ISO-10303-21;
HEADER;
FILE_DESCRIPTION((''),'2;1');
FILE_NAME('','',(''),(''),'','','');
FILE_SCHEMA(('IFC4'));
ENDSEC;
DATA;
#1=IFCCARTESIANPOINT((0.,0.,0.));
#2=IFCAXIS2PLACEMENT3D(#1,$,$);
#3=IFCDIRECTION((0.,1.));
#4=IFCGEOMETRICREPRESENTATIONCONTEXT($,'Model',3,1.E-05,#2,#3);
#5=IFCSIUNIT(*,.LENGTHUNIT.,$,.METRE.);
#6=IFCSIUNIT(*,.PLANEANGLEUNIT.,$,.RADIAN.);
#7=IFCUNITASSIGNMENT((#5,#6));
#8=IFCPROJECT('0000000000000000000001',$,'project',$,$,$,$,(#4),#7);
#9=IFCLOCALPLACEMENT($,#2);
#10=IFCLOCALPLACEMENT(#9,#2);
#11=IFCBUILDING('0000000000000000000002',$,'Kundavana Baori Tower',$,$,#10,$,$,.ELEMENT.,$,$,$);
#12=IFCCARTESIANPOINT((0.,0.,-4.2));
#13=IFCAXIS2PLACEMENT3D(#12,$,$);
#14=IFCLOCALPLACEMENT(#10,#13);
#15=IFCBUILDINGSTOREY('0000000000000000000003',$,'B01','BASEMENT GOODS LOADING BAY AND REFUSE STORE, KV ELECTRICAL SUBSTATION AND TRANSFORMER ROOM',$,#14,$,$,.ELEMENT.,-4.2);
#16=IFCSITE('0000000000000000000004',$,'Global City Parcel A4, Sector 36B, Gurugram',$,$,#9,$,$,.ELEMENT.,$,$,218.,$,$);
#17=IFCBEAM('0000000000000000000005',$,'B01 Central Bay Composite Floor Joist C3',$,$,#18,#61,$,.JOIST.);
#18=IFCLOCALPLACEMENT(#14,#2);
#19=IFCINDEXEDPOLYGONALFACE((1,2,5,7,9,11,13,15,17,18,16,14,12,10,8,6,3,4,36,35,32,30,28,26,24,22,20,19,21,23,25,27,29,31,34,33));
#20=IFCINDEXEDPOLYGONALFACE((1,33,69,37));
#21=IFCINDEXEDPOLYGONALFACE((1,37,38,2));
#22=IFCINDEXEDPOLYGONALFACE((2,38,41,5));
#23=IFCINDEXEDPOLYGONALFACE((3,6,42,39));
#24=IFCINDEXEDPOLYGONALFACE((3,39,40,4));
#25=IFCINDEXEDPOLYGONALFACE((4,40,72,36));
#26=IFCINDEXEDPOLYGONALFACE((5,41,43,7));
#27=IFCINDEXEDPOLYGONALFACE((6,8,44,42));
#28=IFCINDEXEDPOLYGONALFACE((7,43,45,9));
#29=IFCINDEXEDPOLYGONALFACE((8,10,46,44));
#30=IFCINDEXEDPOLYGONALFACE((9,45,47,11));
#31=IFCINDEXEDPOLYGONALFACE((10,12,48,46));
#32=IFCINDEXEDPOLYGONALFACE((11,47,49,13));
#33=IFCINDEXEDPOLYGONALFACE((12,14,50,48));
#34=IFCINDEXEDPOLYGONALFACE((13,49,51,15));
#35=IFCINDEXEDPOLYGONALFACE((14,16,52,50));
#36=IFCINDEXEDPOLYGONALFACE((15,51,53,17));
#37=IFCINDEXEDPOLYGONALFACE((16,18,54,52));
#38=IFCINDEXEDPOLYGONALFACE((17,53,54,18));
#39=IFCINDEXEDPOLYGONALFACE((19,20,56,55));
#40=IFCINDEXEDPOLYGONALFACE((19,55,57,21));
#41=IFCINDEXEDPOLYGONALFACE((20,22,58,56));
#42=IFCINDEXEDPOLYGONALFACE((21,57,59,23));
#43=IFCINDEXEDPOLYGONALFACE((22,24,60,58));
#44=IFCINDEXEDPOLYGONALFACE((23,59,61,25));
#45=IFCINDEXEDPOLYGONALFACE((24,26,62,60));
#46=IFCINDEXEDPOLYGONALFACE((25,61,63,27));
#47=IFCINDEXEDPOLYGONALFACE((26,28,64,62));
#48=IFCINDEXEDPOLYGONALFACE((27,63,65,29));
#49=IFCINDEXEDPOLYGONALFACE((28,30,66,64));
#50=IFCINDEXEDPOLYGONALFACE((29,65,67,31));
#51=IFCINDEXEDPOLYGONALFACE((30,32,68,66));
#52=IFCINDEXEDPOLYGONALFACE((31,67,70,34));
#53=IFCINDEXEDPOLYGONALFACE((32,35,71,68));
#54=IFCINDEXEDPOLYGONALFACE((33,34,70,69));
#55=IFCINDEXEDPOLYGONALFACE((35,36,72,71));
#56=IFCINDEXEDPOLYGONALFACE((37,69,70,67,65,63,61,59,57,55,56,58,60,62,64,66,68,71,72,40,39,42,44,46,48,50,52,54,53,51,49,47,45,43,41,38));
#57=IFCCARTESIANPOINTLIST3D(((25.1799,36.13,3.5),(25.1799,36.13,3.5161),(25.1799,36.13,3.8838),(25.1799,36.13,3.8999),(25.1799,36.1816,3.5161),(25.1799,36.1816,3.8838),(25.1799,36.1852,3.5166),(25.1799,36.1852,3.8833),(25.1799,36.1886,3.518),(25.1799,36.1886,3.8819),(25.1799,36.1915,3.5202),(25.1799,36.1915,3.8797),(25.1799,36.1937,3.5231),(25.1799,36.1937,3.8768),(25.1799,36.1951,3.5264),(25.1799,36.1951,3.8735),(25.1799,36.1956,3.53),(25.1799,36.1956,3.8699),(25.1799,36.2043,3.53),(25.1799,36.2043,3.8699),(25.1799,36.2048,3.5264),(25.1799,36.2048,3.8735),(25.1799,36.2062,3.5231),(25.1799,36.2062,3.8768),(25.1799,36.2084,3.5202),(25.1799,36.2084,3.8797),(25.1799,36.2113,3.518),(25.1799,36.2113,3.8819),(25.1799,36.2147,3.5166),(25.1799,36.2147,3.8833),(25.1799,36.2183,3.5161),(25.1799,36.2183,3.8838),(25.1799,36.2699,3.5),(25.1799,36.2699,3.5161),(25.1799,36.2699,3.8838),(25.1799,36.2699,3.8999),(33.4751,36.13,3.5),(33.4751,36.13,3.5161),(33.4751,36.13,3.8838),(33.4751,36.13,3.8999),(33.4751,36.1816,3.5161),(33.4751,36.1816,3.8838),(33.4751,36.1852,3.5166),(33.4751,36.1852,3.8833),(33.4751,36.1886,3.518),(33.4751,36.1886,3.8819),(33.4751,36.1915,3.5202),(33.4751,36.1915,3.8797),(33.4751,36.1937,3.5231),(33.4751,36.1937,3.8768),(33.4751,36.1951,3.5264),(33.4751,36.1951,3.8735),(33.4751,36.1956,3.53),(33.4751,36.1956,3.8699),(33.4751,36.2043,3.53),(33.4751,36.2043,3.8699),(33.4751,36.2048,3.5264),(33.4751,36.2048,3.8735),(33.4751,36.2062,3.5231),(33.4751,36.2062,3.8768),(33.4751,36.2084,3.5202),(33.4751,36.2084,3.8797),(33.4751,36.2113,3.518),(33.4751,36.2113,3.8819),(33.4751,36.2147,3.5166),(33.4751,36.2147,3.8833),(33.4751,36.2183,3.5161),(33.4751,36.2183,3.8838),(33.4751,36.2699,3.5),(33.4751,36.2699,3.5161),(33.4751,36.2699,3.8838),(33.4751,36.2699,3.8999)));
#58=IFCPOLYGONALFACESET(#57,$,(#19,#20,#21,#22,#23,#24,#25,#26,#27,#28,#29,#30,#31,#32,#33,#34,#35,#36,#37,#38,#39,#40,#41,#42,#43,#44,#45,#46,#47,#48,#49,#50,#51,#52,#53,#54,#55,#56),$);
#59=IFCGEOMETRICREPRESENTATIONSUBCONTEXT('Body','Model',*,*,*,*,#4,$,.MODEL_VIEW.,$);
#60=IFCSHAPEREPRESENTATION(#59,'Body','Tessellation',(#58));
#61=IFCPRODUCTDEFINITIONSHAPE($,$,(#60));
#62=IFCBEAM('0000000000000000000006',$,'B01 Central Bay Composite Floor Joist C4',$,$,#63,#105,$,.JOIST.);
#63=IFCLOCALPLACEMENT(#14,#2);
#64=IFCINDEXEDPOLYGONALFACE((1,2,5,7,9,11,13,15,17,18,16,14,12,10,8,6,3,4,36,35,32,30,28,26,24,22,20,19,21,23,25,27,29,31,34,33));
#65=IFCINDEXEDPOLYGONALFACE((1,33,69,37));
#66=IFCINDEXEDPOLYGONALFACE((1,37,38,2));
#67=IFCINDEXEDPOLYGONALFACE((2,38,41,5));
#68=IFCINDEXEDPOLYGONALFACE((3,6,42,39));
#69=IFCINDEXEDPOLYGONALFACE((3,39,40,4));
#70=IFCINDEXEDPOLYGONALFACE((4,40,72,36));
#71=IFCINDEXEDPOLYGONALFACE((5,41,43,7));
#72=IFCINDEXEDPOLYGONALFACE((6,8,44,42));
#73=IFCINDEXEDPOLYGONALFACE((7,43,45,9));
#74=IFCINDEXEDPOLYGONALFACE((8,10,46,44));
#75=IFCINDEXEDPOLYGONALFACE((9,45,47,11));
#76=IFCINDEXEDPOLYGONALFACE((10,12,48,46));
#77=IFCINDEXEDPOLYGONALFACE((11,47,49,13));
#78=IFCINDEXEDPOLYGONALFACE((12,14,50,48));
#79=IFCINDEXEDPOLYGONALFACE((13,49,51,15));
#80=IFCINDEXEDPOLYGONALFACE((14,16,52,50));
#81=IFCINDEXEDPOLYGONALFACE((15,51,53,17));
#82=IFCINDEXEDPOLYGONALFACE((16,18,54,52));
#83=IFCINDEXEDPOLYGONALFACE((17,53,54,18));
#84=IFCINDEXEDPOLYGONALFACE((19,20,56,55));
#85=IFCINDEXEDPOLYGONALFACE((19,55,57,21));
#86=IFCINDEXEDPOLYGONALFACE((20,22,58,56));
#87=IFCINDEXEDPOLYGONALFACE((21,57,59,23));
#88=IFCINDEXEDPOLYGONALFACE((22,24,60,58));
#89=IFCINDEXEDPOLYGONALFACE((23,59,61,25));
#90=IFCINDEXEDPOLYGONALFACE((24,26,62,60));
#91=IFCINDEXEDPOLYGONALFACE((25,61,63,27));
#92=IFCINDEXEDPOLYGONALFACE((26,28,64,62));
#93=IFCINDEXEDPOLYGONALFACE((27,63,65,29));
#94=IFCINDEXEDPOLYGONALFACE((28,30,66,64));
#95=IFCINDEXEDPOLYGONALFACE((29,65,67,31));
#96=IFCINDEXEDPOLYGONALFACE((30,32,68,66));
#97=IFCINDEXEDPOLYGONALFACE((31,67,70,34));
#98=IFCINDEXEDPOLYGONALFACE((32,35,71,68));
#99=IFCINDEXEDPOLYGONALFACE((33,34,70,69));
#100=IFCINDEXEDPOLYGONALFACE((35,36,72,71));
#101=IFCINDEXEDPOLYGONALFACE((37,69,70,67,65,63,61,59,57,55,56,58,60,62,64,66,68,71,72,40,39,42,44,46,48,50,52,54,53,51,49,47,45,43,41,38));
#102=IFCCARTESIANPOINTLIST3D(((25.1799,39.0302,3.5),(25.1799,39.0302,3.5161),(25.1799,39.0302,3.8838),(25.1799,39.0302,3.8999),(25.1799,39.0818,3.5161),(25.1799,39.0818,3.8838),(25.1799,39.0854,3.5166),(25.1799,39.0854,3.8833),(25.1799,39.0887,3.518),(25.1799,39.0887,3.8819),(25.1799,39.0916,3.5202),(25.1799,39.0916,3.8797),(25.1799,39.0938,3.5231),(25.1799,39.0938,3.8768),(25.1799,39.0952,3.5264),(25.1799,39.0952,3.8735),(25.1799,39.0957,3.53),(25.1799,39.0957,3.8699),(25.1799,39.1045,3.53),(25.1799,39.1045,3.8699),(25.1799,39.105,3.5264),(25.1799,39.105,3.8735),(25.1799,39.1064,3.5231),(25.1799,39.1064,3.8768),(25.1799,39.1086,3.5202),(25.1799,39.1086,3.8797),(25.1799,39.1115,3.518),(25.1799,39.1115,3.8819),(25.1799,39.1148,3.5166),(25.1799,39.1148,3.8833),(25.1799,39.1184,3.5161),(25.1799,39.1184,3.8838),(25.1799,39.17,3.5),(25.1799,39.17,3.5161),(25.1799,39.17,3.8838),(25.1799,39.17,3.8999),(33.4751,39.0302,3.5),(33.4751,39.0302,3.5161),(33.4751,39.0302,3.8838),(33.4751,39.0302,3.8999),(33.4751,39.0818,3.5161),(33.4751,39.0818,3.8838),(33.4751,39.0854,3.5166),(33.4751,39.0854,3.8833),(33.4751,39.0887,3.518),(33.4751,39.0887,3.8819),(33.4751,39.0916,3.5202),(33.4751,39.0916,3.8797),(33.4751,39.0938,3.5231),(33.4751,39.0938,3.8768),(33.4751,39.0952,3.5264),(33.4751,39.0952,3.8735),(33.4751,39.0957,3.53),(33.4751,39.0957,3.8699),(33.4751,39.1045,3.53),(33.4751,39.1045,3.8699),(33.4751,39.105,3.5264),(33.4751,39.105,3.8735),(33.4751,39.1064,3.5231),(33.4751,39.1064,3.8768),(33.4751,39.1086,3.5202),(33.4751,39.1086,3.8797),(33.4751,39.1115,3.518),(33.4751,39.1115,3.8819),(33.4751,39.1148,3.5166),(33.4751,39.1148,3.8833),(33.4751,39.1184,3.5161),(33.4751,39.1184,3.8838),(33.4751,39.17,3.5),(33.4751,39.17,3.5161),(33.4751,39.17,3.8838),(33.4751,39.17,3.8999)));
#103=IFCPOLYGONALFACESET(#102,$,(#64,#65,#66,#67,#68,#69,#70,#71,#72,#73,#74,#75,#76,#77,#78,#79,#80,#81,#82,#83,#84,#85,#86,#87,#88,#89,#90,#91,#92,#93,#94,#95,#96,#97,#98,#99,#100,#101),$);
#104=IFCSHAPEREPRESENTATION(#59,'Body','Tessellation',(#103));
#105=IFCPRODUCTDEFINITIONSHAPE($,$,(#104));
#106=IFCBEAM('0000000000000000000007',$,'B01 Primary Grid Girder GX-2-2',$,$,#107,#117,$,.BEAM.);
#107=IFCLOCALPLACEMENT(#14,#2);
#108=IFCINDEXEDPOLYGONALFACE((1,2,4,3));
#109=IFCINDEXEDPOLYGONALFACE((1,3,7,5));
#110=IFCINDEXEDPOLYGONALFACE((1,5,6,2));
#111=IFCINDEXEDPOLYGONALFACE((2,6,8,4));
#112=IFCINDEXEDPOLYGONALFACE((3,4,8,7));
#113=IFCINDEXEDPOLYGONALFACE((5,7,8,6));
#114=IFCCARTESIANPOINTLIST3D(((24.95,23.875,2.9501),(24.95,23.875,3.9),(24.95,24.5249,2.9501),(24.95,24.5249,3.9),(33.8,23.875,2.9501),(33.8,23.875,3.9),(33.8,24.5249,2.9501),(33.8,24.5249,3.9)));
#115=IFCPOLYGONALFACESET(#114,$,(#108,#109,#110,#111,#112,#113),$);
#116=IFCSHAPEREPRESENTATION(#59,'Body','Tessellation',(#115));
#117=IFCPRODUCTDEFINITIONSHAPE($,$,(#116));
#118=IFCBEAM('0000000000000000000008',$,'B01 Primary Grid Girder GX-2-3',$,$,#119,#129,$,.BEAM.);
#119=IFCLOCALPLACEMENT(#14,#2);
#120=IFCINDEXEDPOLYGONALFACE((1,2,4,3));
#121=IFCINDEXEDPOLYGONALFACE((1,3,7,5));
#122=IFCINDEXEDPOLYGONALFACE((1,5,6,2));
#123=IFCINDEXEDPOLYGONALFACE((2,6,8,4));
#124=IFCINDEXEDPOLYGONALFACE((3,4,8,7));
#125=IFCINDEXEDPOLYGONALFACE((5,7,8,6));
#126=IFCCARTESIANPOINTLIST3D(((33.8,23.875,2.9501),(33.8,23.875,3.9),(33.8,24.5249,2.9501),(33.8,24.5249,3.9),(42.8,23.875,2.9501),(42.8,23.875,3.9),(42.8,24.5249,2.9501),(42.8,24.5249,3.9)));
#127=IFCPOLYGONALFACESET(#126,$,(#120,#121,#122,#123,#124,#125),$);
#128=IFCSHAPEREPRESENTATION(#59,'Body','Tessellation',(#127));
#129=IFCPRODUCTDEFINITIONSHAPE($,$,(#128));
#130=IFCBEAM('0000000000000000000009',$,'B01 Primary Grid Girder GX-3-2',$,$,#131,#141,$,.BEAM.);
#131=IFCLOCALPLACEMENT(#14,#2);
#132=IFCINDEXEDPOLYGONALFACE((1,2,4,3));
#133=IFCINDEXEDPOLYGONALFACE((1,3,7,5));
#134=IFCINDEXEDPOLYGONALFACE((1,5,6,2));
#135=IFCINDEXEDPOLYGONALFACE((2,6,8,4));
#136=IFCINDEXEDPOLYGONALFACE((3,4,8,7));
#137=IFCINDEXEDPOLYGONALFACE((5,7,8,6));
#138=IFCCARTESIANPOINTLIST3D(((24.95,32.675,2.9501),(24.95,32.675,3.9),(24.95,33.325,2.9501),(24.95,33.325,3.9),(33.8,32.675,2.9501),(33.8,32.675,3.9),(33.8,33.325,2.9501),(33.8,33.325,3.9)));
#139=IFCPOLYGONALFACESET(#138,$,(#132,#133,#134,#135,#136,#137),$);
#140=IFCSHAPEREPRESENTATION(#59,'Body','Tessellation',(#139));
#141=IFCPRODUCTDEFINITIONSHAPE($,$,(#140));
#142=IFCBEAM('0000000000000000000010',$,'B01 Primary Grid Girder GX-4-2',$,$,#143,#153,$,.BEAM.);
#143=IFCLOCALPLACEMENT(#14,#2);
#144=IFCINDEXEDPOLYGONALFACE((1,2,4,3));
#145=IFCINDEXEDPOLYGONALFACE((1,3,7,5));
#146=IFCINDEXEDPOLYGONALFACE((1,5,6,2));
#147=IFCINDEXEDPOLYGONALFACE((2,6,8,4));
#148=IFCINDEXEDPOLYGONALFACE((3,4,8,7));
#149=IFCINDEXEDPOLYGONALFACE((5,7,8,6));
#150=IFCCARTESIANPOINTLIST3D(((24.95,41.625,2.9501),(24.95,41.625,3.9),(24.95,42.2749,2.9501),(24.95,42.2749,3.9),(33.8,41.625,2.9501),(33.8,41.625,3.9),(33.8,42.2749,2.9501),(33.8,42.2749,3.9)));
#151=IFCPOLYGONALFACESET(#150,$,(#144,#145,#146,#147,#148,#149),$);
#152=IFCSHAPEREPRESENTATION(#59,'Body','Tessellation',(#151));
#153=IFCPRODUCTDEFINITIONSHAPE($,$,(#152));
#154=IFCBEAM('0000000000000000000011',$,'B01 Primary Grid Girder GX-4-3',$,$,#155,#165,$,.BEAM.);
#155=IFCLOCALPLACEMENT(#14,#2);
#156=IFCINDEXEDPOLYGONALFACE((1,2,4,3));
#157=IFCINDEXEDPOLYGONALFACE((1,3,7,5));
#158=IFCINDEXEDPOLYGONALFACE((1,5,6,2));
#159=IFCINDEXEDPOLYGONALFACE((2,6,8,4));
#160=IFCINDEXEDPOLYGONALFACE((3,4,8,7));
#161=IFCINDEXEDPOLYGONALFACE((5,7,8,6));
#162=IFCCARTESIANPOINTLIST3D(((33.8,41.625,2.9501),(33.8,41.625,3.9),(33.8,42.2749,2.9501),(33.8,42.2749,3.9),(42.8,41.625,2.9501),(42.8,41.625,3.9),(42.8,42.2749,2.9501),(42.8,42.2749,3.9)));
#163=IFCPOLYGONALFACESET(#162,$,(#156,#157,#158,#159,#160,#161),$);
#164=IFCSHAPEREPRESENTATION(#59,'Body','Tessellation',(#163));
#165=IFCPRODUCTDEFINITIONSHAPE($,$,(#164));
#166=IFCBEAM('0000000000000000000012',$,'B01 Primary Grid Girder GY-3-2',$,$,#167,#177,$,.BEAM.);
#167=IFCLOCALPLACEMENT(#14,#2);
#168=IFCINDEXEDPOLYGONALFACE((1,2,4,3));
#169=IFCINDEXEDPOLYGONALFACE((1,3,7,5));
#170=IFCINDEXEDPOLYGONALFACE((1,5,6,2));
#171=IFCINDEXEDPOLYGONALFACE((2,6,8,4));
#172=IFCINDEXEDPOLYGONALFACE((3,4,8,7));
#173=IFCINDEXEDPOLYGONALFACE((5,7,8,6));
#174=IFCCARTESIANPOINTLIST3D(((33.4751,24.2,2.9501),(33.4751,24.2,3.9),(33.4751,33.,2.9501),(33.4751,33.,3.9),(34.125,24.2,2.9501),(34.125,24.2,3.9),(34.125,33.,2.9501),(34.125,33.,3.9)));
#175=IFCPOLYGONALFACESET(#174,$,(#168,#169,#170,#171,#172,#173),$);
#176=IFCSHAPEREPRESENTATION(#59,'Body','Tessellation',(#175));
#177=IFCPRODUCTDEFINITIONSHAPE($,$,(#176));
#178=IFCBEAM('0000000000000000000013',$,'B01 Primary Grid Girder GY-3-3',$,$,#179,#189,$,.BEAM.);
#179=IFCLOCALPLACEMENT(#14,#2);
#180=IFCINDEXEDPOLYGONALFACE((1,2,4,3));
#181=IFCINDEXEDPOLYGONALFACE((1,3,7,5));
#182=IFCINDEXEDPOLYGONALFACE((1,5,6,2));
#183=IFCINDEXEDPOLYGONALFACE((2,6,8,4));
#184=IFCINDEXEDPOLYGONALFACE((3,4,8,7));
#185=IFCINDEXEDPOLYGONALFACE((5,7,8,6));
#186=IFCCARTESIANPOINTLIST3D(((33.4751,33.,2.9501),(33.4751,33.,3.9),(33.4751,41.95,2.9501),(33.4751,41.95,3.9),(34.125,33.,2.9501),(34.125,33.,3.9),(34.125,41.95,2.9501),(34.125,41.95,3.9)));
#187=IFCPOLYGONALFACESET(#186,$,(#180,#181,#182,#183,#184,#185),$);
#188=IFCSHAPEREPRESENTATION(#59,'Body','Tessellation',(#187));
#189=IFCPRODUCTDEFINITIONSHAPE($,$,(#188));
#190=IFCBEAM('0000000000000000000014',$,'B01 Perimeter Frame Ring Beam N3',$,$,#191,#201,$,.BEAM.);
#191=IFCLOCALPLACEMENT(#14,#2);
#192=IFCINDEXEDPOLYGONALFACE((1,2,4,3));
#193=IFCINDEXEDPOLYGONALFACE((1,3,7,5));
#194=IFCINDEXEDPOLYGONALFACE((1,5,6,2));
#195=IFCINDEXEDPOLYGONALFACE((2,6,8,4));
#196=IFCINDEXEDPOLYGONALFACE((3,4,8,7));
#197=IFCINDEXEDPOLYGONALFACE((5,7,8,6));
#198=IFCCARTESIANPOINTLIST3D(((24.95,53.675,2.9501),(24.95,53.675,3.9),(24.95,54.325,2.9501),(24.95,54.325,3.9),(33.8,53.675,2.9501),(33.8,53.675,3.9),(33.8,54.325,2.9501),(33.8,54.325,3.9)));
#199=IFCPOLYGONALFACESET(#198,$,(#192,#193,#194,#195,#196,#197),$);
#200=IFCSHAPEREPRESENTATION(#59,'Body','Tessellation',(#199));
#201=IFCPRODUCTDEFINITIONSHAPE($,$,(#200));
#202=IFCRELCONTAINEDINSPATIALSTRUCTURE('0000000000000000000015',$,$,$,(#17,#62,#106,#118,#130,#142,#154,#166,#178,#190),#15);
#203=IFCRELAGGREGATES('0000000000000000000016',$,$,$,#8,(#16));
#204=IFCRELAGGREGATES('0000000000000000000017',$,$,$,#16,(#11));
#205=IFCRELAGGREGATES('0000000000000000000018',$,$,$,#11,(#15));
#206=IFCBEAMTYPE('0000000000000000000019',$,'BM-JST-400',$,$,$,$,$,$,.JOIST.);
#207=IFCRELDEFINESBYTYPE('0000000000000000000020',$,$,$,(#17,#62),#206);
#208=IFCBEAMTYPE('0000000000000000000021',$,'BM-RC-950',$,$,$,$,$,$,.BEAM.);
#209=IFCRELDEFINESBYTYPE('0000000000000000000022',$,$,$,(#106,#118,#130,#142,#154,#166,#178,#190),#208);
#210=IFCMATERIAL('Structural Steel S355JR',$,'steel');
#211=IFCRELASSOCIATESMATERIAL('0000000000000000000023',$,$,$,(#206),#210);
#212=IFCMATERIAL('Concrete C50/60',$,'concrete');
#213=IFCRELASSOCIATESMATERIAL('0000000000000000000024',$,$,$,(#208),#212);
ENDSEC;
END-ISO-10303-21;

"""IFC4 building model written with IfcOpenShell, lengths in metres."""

from ifc_helpers import new_model, si_unit, direction, frame, origin, origin_2d, place, context, subcontext, project, spatial, rectangle, i_section, extrude, material, material_profile, profile_set, type_object, element, save


model = new_model("IFC4")

# Units and contexts
model_context = context("Model", 3, precision=1e-05, world=origin(), true_north=direction((0.0, 1.0)))
body_context = subcontext(model_context, "Body", "Model", "MODEL_VIEW")
ifc_project = project(units=[si_unit("LENGTHUNIT", "METRE"), si_unit("PLANEANGLEUNIT", "RADIAN")], contexts=[model_context])

# Site, building, storey
site_placement = place(None, origin())
site = spatial("IfcSite", under=ifc_project, at=site_placement, Name="Global City Parcel A4, Sector 36B, Gurugram", CompositionType="ELEMENT", RefElevation=218.0)
building_placement = place(site_placement, origin())
building = spatial("IfcBuilding", under=site, at=building_placement, Name="Kundavana Baori Tower", CompositionType="ELEMENT")
storey_placement = place(building_placement, frame((0.0, 0.0, -4.2)))
storey = spatial("IfcBuildingStorey", under=building, at=storey_placement, Name="B01", Description="BASEMENT GOODS LOADING BAY AND REFUSE STORE, KV ELECTRICAL SUBSTATION AND TRANSFORMER ROOM", CompositionType="ELEMENT", Elevation=-4.2)

# Beams
ifc_material_1 = material(Name="Structural Steel S355JR", Category="steel")
ifc_material_profile_1 = material_profile(ifc_material_1, i_section(OverallWidth=0.1399, OverallDepth=0.3999, WebThickness=0.0088, FlangeThickness=0.0161, FilletRadius=0.0139, at=origin_2d()), Name="ISMB 400")
ifc_profile_set_1 = profile_set([ifc_material_profile_1], Name="Structural Steel S355JR")
beam_type_1 = type_object("IfcBeamType", Name="BM-JST-400", PredefinedType="JOIST", material=ifc_profile_set_1)
for number, where, z_axis, x_axis, name in (
    (1, (25.1799, 36.2, 3.7), (1.0, 0.0, 0.0), (0.0, 1.0, 0.0), "B01 Central Bay Composite Floor Joist C3"),
    (2, (25.1799, 39.1001, 3.7), (1.0, 0.0, 0.0), (0.0, 1.0, 0.0), "B01 Central Bay Composite Floor Joist C4"),
):
    element("IfcBeam", number, at=place(storey_placement, frame(where, z_axis=z_axis, x_axis=x_axis)), inside=storey, type_object=beam_type_1, Name=name, PredefinedType="JOIST", context=body_context, shape_type="SweptSolid", body=[
        extrude(i_section(OverallWidth=0.1399, OverallDepth=0.3999, WebThickness=0.0088, FlangeThickness=0.0161, FilletRadius=0.0139, at=origin_2d()), origin(), (0.0, 0.0, 1.0), 8.2952),
    ])
ifc_material_2 = material(Name="Concrete C50/60", Category="concrete")
ifc_material_profile_2 = material_profile(ifc_material_2, rectangle(XDim=0.6499, YDim=0.95, at=origin_2d()), Name="RC BM 650x950")
ifc_profile_set_2 = profile_set([ifc_material_profile_2], Name="Concrete C50/60")
beam_type_2 = type_object("IfcBeamType", Name="BM-RC-950", PredefinedType="BEAM", material=ifc_profile_set_2)
beam_1_placement = place(storey_placement, frame((24.95, 24.2, 3.425), z_axis=(1.0, 0.0, 0.0), x_axis=(0.0, 1.0, 0.0)))
element("IfcBeam", 3, at=beam_1_placement, inside=storey, type_object=beam_type_2, Name="B01 Primary Grid Girder GX-2-2", PredefinedType="BEAM", context=body_context, shape_type="SweptSolid", body=[
    extrude(rectangle(XDim=0.6499, YDim=0.95, at=origin_2d()), origin(), (0.0, 0.0, 1.0), 8.8501),
])
beam_2_placement = place(storey_placement, frame((33.8, 24.2, 3.425), z_axis=(1.0, 0.0, 0.0), x_axis=(0.0, 1.0, 0.0)))
element("IfcBeam", 4, at=beam_2_placement, inside=storey, type_object=beam_type_2, Name="B01 Primary Grid Girder GX-2-3", PredefinedType="BEAM", context=body_context, shape_type="SweptSolid", body=[
    extrude(rectangle(XDim=0.6499, YDim=0.95, at=origin_2d()), origin(), (0.0, 0.0, 1.0), 9.0),
])
for number, where, z_axis, x_axis, name in (
    (5, (24.95, 33.0, 3.425), (1.0, 0.0, 0.0), (0.0, 1.0, 0.0), "B01 Primary Grid Girder GX-3-2"),
    (6, (24.95, 41.95, 3.425), (1.0, 0.0, 0.0), (0.0, 1.0, 0.0), "B01 Primary Grid Girder GX-4-2"),
):
    element("IfcBeam", number, at=place(storey_placement, frame(where, z_axis=z_axis, x_axis=x_axis)), inside=storey, type_object=beam_type_2, Name=name, PredefinedType="BEAM", context=body_context, shape_type="SweptSolid", body=[
        extrude(rectangle(XDim=0.6499, YDim=0.95, at=origin_2d()), origin(), (0.0, 0.0, 1.0), 8.8501),
    ])
beam_3_placement = place(storey_placement, frame((33.8, 41.95, 3.425), z_axis=(1.0, 0.0, 0.0), x_axis=(0.0, 1.0, 0.0)))
element("IfcBeam", 7, at=beam_3_placement, inside=storey, type_object=beam_type_2, Name="B01 Primary Grid Girder GX-4-3", PredefinedType="BEAM", context=body_context, shape_type="SweptSolid", body=[
    extrude(rectangle(XDim=0.6499, YDim=0.95, at=origin_2d()), origin(), (0.0, 0.0, 1.0), 9.0),
])
beam_4_placement = place(storey_placement, frame((33.8, 24.2, 3.425), z_axis=(0.0, 1.0, 0.0), x_axis=(-1.0, 0.0, 0.0)))
element("IfcBeam", 8, at=beam_4_placement, inside=storey, type_object=beam_type_2, Name="B01 Primary Grid Girder GY-3-2", PredefinedType="BEAM", context=body_context, shape_type="SweptSolid", body=[
    extrude(rectangle(XDim=0.6499, YDim=0.95, at=origin_2d()), origin(), (0.0, 0.0, 1.0), 8.8),
])
beam_5_placement = place(storey_placement, frame((33.8, 33.0, 3.425), z_axis=(0.0, 1.0, 0.0), x_axis=(-1.0, 0.0, 0.0)))
element("IfcBeam", 9, at=beam_5_placement, inside=storey, type_object=beam_type_2, Name="B01 Primary Grid Girder GY-3-3", PredefinedType="BEAM", context=body_context, shape_type="SweptSolid", body=[
    extrude(rectangle(XDim=0.6499, YDim=0.95, at=origin_2d()), origin(), (0.0, 0.0, 1.0), 8.95),
])
beam_6_placement = place(storey_placement, frame((24.95, 54.0, 3.425), z_axis=(1.0, 0.0, 0.0), x_axis=(0.0, 1.0, 0.0)))
element("IfcBeam", 10, at=beam_6_placement, inside=storey, type_object=beam_type_2, Name="B01 Perimeter Frame Ring Beam N3", PredefinedType="BEAM", context=body_context, shape_type="SweptSolid", body=[
    extrude(rectangle(XDim=0.6499, YDim=0.95, at=origin_2d()), origin(), (0.0, 0.0, 1.0), 8.8501),
])

save(model, "model.ifc")
